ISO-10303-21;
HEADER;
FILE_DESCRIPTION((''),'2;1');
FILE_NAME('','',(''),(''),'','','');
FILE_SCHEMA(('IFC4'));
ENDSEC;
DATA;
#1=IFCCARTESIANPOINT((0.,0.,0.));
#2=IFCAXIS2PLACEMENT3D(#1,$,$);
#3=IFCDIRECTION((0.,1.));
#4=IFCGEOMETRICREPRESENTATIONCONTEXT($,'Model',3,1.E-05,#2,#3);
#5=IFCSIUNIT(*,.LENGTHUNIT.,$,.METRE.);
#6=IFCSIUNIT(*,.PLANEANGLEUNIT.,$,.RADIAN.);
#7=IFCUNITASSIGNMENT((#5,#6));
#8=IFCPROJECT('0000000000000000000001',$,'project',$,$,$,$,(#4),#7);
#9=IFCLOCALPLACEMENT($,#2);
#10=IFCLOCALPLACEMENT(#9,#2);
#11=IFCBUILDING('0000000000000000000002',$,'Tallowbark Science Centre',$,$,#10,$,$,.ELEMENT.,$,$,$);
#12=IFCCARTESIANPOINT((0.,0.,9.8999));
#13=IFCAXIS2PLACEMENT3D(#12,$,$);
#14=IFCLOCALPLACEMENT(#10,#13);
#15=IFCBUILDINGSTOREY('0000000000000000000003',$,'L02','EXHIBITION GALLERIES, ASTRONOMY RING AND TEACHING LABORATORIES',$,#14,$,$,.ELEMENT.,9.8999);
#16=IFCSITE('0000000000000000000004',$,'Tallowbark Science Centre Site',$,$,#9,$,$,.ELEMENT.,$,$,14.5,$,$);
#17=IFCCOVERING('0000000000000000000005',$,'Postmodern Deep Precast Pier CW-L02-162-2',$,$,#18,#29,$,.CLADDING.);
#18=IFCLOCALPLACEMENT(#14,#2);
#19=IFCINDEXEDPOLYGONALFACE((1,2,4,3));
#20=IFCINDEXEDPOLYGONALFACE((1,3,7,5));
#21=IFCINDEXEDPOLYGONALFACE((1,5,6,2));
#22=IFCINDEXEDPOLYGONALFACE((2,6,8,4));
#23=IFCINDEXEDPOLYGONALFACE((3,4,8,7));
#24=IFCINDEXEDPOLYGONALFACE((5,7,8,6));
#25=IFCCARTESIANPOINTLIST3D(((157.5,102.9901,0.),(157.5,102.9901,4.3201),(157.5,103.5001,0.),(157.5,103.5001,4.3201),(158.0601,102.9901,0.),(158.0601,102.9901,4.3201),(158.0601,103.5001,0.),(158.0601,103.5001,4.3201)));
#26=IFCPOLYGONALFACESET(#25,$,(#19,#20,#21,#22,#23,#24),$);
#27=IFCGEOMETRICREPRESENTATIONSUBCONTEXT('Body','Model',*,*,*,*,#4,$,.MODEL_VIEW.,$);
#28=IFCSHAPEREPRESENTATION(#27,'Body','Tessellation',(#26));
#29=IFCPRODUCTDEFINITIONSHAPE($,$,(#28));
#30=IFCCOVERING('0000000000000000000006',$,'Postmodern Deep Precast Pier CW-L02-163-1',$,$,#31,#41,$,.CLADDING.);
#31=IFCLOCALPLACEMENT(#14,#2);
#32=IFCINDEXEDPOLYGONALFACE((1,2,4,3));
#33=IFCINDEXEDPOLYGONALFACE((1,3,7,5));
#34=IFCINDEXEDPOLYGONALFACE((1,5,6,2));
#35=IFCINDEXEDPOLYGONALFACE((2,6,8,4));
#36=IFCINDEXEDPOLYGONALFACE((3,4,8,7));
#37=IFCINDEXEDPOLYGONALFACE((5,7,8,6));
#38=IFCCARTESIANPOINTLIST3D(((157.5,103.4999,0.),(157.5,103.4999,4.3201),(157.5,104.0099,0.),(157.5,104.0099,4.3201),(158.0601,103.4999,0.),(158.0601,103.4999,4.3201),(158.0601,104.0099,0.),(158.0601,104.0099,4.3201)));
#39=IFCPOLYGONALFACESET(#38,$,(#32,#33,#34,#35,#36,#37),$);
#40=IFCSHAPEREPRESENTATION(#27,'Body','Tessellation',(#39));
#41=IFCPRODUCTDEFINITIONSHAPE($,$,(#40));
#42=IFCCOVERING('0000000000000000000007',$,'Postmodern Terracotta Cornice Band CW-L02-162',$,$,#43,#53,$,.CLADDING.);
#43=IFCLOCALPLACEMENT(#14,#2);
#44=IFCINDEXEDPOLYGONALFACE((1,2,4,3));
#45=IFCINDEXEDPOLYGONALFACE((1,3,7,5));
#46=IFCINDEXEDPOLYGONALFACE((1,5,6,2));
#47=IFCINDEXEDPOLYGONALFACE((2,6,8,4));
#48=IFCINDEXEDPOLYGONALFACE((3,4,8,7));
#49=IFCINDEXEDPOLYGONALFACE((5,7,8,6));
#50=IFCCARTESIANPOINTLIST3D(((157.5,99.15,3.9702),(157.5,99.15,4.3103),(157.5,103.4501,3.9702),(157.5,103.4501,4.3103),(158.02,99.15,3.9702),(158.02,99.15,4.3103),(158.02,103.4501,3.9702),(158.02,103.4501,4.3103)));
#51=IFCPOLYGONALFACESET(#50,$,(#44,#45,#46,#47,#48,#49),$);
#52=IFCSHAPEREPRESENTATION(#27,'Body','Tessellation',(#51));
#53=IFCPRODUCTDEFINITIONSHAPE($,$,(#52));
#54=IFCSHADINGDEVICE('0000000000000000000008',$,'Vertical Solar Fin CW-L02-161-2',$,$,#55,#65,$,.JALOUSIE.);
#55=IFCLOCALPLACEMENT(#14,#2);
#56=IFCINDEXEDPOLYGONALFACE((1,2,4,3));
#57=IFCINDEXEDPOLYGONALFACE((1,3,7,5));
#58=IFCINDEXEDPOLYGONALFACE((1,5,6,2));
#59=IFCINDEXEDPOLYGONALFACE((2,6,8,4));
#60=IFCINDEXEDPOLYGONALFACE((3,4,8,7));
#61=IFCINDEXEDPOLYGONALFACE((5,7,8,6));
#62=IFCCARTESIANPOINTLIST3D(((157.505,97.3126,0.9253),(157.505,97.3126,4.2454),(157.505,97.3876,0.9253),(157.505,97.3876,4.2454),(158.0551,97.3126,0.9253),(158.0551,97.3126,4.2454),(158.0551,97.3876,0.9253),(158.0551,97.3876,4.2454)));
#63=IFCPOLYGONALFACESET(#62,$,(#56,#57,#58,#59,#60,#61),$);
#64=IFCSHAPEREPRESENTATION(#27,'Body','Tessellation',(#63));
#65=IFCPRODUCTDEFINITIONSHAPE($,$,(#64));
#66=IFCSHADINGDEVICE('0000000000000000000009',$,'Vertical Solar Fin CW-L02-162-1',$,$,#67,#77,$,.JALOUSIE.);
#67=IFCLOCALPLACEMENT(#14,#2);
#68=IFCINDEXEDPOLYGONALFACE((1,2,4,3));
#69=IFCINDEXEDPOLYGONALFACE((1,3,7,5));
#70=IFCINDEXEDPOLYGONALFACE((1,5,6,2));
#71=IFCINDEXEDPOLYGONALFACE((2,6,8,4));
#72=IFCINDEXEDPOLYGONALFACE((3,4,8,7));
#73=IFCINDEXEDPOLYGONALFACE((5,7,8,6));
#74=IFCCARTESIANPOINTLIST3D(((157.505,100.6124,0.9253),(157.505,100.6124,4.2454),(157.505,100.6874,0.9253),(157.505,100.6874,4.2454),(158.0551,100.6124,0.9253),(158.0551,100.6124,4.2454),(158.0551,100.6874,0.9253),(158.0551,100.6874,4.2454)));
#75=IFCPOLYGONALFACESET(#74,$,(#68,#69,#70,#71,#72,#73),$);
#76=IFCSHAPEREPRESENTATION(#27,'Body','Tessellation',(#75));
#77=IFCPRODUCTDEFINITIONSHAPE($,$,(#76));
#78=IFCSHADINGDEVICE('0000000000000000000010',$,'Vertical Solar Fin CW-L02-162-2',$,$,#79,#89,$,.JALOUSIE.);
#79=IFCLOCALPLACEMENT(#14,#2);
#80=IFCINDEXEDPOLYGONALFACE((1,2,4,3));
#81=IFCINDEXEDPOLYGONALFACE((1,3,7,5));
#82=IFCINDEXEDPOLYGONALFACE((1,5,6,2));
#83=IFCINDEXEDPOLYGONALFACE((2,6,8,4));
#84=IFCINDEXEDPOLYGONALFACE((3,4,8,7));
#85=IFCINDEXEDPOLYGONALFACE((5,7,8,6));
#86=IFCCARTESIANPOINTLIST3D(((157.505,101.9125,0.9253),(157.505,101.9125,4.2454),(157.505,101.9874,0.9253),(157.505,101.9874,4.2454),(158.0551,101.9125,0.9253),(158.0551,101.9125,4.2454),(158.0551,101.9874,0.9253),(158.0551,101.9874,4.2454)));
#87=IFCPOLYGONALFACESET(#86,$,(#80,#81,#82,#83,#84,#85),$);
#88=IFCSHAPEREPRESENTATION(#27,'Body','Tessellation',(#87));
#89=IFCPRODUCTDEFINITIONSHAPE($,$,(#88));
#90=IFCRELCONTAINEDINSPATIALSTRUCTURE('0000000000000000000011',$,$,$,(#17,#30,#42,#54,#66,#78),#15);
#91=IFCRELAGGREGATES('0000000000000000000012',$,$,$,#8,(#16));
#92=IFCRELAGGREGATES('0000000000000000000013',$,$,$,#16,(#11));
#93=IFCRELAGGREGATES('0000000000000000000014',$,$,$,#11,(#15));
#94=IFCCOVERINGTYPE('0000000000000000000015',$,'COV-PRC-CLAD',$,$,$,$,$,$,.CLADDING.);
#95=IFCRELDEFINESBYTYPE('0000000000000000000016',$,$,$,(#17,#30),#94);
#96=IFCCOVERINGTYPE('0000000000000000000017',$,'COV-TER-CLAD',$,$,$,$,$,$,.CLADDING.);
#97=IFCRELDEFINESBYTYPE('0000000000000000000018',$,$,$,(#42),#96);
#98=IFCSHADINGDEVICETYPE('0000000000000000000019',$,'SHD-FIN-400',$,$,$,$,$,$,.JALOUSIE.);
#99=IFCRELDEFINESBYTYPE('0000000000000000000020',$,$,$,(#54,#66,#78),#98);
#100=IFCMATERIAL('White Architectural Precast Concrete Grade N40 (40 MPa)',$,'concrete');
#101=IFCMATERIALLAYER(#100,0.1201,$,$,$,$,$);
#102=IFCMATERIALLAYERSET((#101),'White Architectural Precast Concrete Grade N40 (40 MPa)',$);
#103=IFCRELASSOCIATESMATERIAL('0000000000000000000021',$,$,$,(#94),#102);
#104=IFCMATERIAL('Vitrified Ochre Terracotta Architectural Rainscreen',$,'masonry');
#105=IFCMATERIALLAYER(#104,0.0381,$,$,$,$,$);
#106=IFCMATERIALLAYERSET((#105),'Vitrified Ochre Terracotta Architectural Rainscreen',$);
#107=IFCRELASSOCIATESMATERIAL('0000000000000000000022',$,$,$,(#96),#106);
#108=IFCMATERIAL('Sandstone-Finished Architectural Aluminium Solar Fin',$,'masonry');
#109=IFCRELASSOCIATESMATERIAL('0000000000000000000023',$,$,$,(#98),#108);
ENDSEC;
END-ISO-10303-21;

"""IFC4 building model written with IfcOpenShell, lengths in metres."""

from ifc_helpers import new_model, si_unit, direction, frame, origin, origin_2d, place, context, subcontext, project, spatial, rectangle, extrude, material, layer, layer_set, type_object, element, save


model = new_model("IFC4")

# Units and contexts
model_context = context("Model", 3, precision=1e-05, world=origin(), true_north=direction((0.0, 1.0)))
body_context = subcontext(model_context, "Body", "Model", "MODEL_VIEW")
ifc_project = project(units=[si_unit("LENGTHUNIT", "METRE"), si_unit("PLANEANGLEUNIT", "RADIAN")], contexts=[model_context])

# Site, building, storey
site_placement = place(None, origin())
site = spatial("IfcSite", under=ifc_project, at=site_placement, Name="Tallowbark Science Centre Site", CompositionType="ELEMENT", RefElevation=14.5)
building_placement = place(site_placement, origin())
building = spatial("IfcBuilding", under=site, at=building_placement, Name="Tallowbark Science Centre", CompositionType="ELEMENT")
storey_placement = place(building_placement, frame((0.0, 0.0, 9.8999)))
storey = spatial("IfcBuildingStorey", under=building, at=storey_placement, Name="L02", Description="EXHIBITION GALLERIES, ASTRONOMY RING AND TEACHING LABORATORIES", CompositionType="ELEMENT", Elevation=9.8999)

# Coverings
ifc_material_1 = material(Name="White Architectural Precast Concrete Grade N40 (40 MPa)", Category="concrete")
ifc_layer_1 = layer(ifc_material_1, 0.1201)
ifc_layer_set_1 = layer_set([ifc_layer_1], Name="White Architectural Precast Concrete Grade N40 (40 MPa)")
covering_type_1 = type_object("IfcCoveringType", Name="COV-PRC-CLAD", PredefinedType="CLADDING", material=ifc_layer_set_1)
for number, where, z_axis, x_axis, name in (
    (1, (157.78, 103.2451, 0.0), (0.0, 0.0, 1.0), (0.0, 1.0, 0.0), "Postmodern Deep Precast Pier CW-L02-162-2"),
    (2, (157.78, 103.7549, 0.0), (0.0, 0.0, 1.0), (0.0, 1.0, 0.0), "Postmodern Deep Precast Pier CW-L02-163-1"),
):
    element("IfcCovering", number, at=place(storey_placement, frame(where, z_axis=z_axis, x_axis=x_axis)), inside=storey, type_object=covering_type_1, Name=name, PredefinedType="CLADDING", context=body_context, shape_type="SweptSolid", body=[
        extrude(rectangle(XDim=0.51, YDim=0.5601, at=origin_2d()), origin(), (0.0, 0.0, 1.0), 4.3201),
    ])
ifc_material_2 = material(Name="Vitrified Ochre Terracotta Architectural Rainscreen", Category="masonry")
ifc_layer_2 = layer(ifc_material_2, 0.0381)
ifc_layer_set_2 = layer_set([ifc_layer_2], Name="Vitrified Ochre Terracotta Architectural Rainscreen")
covering_type_2 = type_object("IfcCoveringType", Name="COV-TER-CLAD", PredefinedType="CLADDING", material=ifc_layer_set_2)
covering_placement = place(storey_placement, frame((157.76, 101.3, 3.9702), z_axis=(0.0, 0.0, 1.0), x_axis=(0.0, 1.0, 0.0)))
element("IfcCovering", 3, at=covering_placement, inside=storey, type_object=covering_type_2, Name="Postmodern Terracotta Cornice Band CW-L02-162", PredefinedType="CLADDING", context=body_context, shape_type="SweptSolid", body=[
    extrude(rectangle(XDim=4.3, YDim=0.52, at=origin_2d()), origin(), (0.0, 0.0, 1.0), 0.3401),
])

# Shading devices
ifc_material_3 = material(Name="Sandstone-Finished Architectural Aluminium Solar Fin", Category="masonry")
shading_device_type = type_object("IfcShadingDeviceType", Name="SHD-FIN-400", PredefinedType="JALOUSIE", material=ifc_material_3)
for number, where, z_axis, x_axis, name in (
    (4, (157.78, 97.3501, 0.9253), (0.0, 0.0, 1.0), (0.0, 1.0, 0.0), "Vertical Solar Fin CW-L02-161-2"),
    (5, (157.78, 100.6499, 0.9253), (0.0, 0.0, 1.0), (0.0, 1.0, 0.0), "Vertical Solar Fin CW-L02-162-1"),
    (6, (157.78, 101.95, 0.9253), (0.0, 0.0, 1.0), (0.0, 1.0, 0.0), "Vertical Solar Fin CW-L02-162-2"),
):
    element("IfcShadingDevice", number, at=place(storey_placement, frame(where, z_axis=z_axis, x_axis=x_axis)), inside=storey, type_object=shading_device_type, Name=name, PredefinedType="JALOUSIE", context=body_context, shape_type="SweptSolid", body=[
        extrude(rectangle(XDim=0.075, YDim=0.55, at=origin_2d()), origin(), (0.0, 0.0, 1.0), 3.3201),
    ])

save(model, "model.ifc")
